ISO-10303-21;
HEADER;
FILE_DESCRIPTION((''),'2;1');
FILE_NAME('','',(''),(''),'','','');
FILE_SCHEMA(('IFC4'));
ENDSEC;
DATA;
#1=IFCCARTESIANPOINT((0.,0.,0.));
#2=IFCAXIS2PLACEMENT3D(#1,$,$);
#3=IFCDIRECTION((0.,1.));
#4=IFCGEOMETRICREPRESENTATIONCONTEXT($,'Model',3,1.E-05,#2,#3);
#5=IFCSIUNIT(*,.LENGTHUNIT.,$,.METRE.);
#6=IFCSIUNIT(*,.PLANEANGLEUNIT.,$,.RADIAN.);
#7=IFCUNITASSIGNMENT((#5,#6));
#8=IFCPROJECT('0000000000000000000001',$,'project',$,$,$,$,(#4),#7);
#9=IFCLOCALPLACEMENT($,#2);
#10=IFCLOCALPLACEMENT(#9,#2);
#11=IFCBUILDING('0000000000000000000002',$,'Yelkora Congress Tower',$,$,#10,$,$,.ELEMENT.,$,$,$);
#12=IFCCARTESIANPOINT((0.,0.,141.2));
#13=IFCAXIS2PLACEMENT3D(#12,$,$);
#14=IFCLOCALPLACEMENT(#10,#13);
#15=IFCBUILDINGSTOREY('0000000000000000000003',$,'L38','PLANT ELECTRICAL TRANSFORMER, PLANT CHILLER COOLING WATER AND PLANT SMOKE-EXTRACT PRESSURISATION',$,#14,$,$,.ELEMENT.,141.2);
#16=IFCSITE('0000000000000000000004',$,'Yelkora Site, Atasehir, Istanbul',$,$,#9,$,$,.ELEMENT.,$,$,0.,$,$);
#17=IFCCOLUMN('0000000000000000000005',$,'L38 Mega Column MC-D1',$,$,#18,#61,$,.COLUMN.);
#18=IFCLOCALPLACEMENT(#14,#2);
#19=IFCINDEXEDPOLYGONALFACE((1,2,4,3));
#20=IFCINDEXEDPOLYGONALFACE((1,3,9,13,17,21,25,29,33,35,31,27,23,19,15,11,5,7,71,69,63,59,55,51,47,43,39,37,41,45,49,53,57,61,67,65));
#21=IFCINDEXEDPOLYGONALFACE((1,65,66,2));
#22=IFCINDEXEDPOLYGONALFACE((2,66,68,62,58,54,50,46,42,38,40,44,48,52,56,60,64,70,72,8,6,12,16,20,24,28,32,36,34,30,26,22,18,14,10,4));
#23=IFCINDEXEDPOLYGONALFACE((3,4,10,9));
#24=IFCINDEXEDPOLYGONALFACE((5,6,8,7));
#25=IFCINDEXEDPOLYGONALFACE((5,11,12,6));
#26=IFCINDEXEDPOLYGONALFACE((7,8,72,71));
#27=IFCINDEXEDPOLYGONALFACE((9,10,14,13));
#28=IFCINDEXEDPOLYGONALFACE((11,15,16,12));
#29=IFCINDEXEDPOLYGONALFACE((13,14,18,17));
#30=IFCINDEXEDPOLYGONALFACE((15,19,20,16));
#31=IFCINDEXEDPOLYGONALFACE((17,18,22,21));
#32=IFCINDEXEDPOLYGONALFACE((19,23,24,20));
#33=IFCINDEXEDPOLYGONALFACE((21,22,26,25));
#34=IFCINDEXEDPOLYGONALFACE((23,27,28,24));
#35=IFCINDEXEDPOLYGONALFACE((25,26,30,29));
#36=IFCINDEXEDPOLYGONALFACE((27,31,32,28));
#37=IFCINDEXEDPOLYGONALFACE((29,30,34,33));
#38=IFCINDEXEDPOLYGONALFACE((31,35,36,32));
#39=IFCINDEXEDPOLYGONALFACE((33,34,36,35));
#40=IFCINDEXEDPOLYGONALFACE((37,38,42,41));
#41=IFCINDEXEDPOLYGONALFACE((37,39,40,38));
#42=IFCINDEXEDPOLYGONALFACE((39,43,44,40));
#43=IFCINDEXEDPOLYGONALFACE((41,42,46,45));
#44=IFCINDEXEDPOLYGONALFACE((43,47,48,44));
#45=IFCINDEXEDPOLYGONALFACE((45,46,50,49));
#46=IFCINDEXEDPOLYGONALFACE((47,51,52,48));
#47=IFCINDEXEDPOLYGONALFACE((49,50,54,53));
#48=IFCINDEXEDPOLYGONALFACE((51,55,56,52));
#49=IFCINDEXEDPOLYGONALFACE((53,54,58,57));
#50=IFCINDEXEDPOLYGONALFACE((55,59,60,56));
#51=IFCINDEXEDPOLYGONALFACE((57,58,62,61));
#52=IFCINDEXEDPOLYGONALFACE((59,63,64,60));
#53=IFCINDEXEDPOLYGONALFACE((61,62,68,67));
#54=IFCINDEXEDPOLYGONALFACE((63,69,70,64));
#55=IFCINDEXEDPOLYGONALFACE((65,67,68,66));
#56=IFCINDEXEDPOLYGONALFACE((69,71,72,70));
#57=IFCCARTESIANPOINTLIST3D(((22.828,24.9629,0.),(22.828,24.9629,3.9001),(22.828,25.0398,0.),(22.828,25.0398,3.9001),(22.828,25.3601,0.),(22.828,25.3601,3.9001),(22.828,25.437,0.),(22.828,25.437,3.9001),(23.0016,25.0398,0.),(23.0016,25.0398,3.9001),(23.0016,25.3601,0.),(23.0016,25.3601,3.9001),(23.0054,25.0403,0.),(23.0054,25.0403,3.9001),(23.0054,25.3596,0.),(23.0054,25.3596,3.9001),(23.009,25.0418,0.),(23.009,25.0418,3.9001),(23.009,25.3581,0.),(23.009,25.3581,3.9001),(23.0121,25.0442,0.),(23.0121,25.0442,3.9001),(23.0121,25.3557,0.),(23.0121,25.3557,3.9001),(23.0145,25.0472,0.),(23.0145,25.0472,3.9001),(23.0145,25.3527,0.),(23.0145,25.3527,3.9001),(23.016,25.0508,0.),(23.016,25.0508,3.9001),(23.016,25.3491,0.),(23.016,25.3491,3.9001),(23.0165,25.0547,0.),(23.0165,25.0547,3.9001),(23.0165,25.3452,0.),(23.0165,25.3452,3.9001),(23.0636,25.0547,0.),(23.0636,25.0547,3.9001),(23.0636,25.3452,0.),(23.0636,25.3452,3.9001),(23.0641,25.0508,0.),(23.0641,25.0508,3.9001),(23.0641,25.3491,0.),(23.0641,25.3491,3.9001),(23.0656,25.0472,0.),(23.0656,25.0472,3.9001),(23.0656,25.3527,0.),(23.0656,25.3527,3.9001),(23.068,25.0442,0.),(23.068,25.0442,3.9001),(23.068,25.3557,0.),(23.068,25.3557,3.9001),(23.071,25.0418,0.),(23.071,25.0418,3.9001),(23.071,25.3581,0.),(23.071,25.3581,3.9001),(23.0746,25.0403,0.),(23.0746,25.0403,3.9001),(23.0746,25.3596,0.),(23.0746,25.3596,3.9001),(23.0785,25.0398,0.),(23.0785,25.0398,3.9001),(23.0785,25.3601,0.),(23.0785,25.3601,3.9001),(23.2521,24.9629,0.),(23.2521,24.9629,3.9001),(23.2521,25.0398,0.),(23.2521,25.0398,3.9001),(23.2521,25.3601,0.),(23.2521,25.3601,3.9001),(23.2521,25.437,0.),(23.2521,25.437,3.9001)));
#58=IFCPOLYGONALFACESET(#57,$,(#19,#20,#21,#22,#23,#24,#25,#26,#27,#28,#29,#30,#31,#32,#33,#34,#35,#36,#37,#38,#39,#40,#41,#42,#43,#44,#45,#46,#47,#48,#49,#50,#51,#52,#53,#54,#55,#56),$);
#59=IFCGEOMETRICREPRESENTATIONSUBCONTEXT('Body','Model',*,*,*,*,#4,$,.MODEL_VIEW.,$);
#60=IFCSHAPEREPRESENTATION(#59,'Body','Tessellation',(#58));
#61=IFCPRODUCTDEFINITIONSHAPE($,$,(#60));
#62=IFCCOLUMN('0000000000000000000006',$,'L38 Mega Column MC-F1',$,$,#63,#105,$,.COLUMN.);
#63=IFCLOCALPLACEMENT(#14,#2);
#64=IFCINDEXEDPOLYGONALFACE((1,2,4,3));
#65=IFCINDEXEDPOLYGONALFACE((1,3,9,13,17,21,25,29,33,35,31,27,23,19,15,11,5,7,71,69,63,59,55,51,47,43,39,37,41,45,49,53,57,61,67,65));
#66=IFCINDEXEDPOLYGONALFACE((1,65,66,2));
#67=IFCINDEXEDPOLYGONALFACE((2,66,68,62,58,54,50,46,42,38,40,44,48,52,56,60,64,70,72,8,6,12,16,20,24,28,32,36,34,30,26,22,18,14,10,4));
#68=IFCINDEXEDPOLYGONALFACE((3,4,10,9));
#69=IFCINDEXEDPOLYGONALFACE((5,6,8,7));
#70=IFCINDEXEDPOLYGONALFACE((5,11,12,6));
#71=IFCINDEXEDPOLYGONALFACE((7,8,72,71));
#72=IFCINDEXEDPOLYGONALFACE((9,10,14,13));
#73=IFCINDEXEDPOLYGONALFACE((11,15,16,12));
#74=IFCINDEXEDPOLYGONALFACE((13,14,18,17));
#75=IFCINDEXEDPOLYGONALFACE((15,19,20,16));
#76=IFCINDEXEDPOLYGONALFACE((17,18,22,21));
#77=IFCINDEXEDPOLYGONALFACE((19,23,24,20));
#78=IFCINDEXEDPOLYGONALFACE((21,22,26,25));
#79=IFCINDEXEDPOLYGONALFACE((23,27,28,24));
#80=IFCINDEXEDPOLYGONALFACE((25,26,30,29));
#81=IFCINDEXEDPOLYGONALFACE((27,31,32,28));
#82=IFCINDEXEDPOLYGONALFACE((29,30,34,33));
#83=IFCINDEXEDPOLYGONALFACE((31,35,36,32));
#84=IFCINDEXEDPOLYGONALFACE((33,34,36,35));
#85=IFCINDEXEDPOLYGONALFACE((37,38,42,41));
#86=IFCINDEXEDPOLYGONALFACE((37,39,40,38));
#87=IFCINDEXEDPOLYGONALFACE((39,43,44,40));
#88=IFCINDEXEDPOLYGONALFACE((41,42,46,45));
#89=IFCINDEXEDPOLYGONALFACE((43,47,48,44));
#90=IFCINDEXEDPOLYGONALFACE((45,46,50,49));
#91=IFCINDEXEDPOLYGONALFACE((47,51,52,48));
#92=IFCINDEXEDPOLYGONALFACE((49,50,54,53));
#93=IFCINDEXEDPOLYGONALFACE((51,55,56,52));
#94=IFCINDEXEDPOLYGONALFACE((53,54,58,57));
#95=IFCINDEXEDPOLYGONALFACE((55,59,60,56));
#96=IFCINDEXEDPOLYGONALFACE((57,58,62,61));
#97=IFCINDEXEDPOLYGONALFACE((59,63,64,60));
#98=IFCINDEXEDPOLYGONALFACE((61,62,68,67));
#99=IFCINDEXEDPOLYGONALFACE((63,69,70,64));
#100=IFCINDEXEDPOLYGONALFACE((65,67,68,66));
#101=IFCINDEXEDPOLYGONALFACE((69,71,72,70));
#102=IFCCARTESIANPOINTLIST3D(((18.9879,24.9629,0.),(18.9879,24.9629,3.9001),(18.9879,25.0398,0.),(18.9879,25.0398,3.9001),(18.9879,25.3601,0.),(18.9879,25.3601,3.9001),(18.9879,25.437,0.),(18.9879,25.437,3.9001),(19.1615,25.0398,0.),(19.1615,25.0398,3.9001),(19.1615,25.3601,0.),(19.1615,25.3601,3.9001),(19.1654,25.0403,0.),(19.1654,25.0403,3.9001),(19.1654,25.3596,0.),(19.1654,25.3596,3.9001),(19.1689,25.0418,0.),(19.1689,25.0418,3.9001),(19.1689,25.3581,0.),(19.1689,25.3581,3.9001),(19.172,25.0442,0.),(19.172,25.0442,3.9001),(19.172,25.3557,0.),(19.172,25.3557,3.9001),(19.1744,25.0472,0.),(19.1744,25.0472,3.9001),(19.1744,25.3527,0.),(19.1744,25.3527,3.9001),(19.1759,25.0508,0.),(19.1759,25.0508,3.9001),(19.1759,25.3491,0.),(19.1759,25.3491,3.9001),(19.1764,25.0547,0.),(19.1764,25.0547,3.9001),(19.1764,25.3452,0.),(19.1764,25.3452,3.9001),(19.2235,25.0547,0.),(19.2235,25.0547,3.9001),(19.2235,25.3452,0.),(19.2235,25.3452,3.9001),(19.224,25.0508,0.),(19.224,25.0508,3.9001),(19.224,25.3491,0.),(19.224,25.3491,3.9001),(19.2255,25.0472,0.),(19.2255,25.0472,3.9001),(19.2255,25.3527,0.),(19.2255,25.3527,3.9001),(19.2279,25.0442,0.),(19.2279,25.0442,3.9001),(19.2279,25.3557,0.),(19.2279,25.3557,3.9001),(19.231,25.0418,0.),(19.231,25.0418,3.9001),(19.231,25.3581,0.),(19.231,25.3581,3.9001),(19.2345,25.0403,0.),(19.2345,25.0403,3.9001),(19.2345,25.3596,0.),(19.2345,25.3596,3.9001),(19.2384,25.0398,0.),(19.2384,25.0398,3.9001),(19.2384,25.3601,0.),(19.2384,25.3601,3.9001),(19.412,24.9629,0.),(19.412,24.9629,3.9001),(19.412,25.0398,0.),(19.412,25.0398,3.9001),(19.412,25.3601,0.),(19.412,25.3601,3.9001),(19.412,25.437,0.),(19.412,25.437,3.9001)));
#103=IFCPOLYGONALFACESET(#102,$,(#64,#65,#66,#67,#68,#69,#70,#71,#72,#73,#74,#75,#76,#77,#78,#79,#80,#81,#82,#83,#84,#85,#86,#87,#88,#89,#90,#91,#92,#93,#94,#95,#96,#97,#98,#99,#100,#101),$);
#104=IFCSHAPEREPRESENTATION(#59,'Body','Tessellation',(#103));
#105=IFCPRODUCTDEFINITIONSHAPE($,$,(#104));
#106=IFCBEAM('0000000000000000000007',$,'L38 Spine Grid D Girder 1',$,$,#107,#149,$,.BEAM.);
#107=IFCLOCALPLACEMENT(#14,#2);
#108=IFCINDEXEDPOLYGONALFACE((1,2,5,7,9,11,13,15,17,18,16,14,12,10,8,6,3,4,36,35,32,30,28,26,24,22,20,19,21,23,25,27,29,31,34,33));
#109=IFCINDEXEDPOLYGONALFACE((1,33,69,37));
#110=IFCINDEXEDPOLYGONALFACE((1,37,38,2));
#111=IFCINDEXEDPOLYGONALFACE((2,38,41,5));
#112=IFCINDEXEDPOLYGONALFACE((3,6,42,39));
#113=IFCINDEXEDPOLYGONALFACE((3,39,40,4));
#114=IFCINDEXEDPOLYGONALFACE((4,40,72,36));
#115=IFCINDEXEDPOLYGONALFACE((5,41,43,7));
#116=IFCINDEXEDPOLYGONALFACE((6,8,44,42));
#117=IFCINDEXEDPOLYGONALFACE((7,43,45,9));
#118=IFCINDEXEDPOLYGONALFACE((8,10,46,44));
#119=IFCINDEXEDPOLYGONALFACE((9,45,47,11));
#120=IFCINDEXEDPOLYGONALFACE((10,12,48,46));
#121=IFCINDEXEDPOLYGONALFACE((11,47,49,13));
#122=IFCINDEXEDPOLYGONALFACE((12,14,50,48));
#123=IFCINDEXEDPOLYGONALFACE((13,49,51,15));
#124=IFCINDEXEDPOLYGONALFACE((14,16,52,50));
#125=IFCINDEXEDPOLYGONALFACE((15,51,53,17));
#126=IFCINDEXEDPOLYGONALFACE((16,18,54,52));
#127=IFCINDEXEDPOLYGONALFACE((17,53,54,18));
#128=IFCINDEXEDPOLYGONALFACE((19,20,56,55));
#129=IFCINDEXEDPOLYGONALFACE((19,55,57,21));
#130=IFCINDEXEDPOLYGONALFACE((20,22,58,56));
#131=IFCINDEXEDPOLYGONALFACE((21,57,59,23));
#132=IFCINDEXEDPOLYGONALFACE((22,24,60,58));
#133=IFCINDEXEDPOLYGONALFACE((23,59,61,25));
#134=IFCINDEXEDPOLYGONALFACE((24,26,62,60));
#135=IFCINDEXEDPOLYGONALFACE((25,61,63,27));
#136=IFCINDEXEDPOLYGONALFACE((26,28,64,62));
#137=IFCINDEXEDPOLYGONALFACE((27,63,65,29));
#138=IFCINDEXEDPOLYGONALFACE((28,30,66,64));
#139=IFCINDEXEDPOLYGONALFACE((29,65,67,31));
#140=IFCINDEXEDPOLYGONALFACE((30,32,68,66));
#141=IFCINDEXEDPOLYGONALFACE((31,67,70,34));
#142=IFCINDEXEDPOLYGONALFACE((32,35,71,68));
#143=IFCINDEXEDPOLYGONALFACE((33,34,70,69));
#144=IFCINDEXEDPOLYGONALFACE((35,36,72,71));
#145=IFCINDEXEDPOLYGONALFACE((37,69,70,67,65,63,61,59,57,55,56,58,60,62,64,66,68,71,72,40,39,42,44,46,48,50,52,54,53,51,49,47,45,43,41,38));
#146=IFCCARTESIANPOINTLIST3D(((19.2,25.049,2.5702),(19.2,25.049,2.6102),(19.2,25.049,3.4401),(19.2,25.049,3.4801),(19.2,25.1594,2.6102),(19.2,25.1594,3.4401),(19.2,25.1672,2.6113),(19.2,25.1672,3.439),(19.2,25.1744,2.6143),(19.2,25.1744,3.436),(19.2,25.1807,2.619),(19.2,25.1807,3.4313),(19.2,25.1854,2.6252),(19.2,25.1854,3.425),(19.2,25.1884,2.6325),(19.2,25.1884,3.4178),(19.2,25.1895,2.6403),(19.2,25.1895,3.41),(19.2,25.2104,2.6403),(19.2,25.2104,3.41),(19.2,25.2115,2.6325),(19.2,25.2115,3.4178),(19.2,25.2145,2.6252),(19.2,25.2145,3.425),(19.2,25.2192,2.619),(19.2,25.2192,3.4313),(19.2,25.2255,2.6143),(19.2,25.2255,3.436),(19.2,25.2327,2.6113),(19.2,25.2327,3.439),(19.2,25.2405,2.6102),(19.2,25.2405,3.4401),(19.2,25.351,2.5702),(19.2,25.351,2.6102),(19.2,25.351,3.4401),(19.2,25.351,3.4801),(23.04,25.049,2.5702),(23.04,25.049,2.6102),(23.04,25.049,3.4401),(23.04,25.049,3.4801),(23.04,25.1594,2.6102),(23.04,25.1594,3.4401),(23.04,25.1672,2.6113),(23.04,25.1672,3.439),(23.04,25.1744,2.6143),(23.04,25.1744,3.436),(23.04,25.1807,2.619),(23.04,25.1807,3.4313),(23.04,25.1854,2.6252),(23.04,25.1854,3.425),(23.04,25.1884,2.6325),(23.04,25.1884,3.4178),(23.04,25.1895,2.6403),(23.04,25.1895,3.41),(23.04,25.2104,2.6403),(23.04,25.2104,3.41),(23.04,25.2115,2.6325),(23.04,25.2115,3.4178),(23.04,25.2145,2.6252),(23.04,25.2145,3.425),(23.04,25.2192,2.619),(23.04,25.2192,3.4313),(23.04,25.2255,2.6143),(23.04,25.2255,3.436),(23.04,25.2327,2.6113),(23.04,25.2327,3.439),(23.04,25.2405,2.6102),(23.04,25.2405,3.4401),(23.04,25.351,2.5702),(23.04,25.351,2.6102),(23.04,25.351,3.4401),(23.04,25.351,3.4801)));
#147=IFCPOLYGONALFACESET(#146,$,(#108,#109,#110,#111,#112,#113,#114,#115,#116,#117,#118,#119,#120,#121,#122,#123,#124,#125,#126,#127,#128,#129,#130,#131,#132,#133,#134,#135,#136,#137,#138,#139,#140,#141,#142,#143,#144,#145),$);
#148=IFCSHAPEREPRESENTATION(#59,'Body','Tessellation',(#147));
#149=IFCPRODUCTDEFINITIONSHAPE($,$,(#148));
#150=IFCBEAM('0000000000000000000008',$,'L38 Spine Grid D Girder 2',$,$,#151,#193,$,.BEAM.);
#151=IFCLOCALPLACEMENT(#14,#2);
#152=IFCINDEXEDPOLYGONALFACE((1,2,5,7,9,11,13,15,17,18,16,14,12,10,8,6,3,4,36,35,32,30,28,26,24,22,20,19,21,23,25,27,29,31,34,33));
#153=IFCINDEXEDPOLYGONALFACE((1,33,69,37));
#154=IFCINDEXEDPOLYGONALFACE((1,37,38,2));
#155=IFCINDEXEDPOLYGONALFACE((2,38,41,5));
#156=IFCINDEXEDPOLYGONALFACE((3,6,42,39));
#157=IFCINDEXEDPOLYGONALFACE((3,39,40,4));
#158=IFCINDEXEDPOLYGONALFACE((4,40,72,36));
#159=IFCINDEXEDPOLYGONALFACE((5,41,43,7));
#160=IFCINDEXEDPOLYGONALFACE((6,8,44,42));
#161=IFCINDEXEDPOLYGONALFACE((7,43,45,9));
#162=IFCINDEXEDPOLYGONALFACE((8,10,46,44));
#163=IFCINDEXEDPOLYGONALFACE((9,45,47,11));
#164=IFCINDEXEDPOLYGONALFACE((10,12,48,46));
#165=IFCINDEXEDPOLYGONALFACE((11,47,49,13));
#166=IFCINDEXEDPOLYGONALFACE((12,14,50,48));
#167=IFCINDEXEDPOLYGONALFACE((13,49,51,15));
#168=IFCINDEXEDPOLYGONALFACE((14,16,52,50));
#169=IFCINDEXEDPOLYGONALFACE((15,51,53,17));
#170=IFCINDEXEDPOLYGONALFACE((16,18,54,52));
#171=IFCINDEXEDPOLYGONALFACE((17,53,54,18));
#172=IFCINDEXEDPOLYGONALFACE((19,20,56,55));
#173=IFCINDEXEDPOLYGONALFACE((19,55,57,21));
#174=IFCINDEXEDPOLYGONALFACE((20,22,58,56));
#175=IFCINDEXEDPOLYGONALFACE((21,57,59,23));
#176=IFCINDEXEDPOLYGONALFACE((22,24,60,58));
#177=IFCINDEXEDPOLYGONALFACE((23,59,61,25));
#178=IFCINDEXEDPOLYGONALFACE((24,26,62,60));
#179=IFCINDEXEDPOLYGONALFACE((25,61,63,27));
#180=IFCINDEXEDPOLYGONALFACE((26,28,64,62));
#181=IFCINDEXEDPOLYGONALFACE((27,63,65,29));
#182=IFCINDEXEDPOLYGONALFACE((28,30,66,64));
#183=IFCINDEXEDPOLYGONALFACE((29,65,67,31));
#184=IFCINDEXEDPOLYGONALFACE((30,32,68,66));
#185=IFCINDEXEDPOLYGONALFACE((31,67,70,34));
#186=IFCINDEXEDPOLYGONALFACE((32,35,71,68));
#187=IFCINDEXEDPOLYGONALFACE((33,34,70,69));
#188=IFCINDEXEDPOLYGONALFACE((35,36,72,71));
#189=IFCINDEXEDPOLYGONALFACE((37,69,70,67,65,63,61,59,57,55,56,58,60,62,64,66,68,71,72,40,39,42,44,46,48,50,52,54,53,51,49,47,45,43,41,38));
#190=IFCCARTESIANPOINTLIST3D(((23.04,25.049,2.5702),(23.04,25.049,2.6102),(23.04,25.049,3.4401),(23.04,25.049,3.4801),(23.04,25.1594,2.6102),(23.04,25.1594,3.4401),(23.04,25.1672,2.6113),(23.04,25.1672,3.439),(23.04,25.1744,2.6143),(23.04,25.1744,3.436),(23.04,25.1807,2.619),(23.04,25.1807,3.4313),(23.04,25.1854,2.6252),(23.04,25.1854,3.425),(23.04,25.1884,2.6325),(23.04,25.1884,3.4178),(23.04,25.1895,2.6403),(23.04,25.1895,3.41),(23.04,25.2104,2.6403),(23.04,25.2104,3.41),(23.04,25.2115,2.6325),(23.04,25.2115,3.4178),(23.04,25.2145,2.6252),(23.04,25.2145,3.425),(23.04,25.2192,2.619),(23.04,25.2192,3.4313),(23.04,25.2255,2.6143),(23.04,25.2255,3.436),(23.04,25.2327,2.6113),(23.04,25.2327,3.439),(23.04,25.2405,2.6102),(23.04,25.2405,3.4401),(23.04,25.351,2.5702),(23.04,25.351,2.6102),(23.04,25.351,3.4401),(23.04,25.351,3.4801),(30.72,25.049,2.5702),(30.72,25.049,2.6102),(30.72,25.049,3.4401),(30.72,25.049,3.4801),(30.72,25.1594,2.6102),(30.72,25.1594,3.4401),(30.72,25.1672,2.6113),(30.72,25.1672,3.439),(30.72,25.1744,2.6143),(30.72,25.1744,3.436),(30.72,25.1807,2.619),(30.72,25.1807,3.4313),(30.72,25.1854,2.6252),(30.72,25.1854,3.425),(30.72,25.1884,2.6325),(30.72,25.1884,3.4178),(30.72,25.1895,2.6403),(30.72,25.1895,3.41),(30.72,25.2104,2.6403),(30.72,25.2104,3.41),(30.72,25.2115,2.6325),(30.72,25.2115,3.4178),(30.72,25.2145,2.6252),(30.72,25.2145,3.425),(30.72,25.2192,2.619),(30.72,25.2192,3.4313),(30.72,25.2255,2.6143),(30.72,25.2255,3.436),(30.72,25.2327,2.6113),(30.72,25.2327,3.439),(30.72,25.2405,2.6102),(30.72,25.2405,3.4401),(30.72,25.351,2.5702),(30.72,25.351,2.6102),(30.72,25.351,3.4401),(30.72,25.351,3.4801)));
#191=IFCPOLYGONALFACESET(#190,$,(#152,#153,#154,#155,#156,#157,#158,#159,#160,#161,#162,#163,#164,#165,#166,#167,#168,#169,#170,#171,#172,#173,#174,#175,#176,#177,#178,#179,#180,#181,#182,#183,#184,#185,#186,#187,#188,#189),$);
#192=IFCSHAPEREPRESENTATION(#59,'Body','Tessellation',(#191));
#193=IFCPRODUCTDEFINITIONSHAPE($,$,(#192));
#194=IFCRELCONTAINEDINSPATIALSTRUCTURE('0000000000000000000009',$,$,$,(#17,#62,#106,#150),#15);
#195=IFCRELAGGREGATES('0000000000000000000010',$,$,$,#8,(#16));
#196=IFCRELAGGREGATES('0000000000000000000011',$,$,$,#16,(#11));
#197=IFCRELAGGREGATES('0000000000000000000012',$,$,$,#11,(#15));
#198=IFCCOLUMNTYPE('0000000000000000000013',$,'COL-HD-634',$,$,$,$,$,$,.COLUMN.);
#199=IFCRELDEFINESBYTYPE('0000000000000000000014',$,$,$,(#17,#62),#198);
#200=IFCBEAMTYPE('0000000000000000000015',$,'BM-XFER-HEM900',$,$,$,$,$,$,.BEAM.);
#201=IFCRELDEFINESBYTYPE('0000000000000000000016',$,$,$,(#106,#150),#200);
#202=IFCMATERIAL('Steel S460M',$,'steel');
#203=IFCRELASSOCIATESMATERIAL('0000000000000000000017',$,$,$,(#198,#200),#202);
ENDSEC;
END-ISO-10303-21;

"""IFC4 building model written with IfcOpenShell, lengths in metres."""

from ifc_helpers import new_model, si_unit, direction, frame, origin, origin_2d, place, context, subcontext, project, spatial, i_section, extrude, material, material_profile, profile_set, type_object, element, save


model = new_model("IFC4")

# Units and contexts
model_context = context("Model", 3, precision=1e-05, world=origin(), true_north=direction((0.0, 1.0)))
body_context = subcontext(model_context, "Body", "Model", "MODEL_VIEW")
ifc_project = project(units=[si_unit("LENGTHUNIT", "METRE"), si_unit("PLANEANGLEUNIT", "RADIAN")], contexts=[model_context])

# Site, building, storey
site_placement = place(None, origin())
site = spatial("IfcSite", under=ifc_project, at=site_placement, Name="Yelkora Site, Atasehir, Istanbul", CompositionType="ELEMENT", RefElevation=0.0)
building_placement = place(site_placement, origin())
building = spatial("IfcBuilding", under=site, at=building_placement, Name="Yelkora Congress Tower", CompositionType="ELEMENT")
storey_placement = place(building_placement, frame((0.0, 0.0, 141.2)))
storey = spatial("IfcBuildingStorey", under=building, at=storey_placement, Name="L38", Description="PLANT ELECTRICAL TRANSFORMER, PLANT CHILLER COOLING WATER AND PLANT SMOKE-EXTRACT PRESSURISATION", CompositionType="ELEMENT", Elevation=141.2)

# Columns
ifc_material_1 = material(Name="Steel S460M", Category="steel")
ifc_material_profile_1 = material_profile(ifc_material_1, i_section(OverallWidth=0.4241, OverallDepth=0.4741, WebThickness=0.0471, FlangeThickness=0.0769, FilletRadius=0.0149, at=origin_2d()), Name="HD 400x634")
ifc_profile_set_1 = profile_set([ifc_material_profile_1], Name="Steel S460M")
column_type = type_object("IfcColumnType", Name="COL-HD-634", PredefinedType="COLUMN", material=ifc_profile_set_1)
for number, where, z_axis, x_axis, name in (
    (1, (23.04, 25.2, 0.0), (0.0, 0.0, 1.0), (1.0, 0.0, 0.0), "L38 Mega Column MC-D1"),
    (2, (19.2, 25.2, 0.0), (0.0, 0.0, 1.0), (1.0, 0.0, 0.0), "L38 Mega Column MC-F1"),
):
    element("IfcColumn", number, at=place(storey_placement, frame(where, z_axis=z_axis, x_axis=x_axis)), inside=storey, type_object=column_type, Name=name, PredefinedType="COLUMN", context=body_context, shape_type="SweptSolid", body=[
        extrude(i_section(OverallWidth=0.4241, OverallDepth=0.4741, WebThickness=0.0471, FlangeThickness=0.0769, FilletRadius=0.0149, at=origin_2d()), origin(), (0.0, 0.0, 1.0), 3.9001),
    ])

# Beams
ifc_material_profile_2 = material_profile(ifc_material_1, i_section(OverallWidth=0.302, OverallDepth=0.9099, WebThickness=0.021, FlangeThickness=0.04, FilletRadius=0.03, at=origin_2d()), Name="HEM 900")
ifc_profile_set_2 = profile_set([ifc_material_profile_2], Name="Steel S460M")
beam_type = type_object("IfcBeamType", Name="BM-XFER-HEM900", PredefinedType="BEAM", material=ifc_profile_set_2)
beam_1_placement = place(storey_placement, frame((19.2, 25.2, 3.0251), z_axis=(1.0, 0.0, 0.0), x_axis=(0.0, 1.0, 0.0)))
element("IfcBeam", 3, at=beam_1_placement, inside=storey, type_object=beam_type, Name="L38 Spine Grid D Girder 1", PredefinedType="BEAM", context=body_context, shape_type="SweptSolid", body=[
    extrude(i_section(OverallWidth=0.302, OverallDepth=0.9099, WebThickness=0.021, FlangeThickness=0.04, FilletRadius=0.03, at=origin_2d()), origin(), (0.0, 0.0, 1.0), 3.8401),
])
beam_2_placement = place(storey_placement, frame((23.04, 25.2, 3.0251), z_axis=(1.0, 0.0, 0.0), x_axis=(0.0, 1.0, 0.0)))
element("IfcBeam", 4, at=beam_2_placement, inside=storey, type_object=beam_type, Name="L38 Spine Grid D Girder 2", PredefinedType="BEAM", context=body_context, shape_type="SweptSolid", body=[
    extrude(i_section(OverallWidth=0.302, OverallDepth=0.9099, WebThickness=0.021, FlangeThickness=0.04, FilletRadius=0.03, at=origin_2d()), origin(), (0.0, 0.0, 1.0), 7.6799),
])

save(model, "model.ifc")
